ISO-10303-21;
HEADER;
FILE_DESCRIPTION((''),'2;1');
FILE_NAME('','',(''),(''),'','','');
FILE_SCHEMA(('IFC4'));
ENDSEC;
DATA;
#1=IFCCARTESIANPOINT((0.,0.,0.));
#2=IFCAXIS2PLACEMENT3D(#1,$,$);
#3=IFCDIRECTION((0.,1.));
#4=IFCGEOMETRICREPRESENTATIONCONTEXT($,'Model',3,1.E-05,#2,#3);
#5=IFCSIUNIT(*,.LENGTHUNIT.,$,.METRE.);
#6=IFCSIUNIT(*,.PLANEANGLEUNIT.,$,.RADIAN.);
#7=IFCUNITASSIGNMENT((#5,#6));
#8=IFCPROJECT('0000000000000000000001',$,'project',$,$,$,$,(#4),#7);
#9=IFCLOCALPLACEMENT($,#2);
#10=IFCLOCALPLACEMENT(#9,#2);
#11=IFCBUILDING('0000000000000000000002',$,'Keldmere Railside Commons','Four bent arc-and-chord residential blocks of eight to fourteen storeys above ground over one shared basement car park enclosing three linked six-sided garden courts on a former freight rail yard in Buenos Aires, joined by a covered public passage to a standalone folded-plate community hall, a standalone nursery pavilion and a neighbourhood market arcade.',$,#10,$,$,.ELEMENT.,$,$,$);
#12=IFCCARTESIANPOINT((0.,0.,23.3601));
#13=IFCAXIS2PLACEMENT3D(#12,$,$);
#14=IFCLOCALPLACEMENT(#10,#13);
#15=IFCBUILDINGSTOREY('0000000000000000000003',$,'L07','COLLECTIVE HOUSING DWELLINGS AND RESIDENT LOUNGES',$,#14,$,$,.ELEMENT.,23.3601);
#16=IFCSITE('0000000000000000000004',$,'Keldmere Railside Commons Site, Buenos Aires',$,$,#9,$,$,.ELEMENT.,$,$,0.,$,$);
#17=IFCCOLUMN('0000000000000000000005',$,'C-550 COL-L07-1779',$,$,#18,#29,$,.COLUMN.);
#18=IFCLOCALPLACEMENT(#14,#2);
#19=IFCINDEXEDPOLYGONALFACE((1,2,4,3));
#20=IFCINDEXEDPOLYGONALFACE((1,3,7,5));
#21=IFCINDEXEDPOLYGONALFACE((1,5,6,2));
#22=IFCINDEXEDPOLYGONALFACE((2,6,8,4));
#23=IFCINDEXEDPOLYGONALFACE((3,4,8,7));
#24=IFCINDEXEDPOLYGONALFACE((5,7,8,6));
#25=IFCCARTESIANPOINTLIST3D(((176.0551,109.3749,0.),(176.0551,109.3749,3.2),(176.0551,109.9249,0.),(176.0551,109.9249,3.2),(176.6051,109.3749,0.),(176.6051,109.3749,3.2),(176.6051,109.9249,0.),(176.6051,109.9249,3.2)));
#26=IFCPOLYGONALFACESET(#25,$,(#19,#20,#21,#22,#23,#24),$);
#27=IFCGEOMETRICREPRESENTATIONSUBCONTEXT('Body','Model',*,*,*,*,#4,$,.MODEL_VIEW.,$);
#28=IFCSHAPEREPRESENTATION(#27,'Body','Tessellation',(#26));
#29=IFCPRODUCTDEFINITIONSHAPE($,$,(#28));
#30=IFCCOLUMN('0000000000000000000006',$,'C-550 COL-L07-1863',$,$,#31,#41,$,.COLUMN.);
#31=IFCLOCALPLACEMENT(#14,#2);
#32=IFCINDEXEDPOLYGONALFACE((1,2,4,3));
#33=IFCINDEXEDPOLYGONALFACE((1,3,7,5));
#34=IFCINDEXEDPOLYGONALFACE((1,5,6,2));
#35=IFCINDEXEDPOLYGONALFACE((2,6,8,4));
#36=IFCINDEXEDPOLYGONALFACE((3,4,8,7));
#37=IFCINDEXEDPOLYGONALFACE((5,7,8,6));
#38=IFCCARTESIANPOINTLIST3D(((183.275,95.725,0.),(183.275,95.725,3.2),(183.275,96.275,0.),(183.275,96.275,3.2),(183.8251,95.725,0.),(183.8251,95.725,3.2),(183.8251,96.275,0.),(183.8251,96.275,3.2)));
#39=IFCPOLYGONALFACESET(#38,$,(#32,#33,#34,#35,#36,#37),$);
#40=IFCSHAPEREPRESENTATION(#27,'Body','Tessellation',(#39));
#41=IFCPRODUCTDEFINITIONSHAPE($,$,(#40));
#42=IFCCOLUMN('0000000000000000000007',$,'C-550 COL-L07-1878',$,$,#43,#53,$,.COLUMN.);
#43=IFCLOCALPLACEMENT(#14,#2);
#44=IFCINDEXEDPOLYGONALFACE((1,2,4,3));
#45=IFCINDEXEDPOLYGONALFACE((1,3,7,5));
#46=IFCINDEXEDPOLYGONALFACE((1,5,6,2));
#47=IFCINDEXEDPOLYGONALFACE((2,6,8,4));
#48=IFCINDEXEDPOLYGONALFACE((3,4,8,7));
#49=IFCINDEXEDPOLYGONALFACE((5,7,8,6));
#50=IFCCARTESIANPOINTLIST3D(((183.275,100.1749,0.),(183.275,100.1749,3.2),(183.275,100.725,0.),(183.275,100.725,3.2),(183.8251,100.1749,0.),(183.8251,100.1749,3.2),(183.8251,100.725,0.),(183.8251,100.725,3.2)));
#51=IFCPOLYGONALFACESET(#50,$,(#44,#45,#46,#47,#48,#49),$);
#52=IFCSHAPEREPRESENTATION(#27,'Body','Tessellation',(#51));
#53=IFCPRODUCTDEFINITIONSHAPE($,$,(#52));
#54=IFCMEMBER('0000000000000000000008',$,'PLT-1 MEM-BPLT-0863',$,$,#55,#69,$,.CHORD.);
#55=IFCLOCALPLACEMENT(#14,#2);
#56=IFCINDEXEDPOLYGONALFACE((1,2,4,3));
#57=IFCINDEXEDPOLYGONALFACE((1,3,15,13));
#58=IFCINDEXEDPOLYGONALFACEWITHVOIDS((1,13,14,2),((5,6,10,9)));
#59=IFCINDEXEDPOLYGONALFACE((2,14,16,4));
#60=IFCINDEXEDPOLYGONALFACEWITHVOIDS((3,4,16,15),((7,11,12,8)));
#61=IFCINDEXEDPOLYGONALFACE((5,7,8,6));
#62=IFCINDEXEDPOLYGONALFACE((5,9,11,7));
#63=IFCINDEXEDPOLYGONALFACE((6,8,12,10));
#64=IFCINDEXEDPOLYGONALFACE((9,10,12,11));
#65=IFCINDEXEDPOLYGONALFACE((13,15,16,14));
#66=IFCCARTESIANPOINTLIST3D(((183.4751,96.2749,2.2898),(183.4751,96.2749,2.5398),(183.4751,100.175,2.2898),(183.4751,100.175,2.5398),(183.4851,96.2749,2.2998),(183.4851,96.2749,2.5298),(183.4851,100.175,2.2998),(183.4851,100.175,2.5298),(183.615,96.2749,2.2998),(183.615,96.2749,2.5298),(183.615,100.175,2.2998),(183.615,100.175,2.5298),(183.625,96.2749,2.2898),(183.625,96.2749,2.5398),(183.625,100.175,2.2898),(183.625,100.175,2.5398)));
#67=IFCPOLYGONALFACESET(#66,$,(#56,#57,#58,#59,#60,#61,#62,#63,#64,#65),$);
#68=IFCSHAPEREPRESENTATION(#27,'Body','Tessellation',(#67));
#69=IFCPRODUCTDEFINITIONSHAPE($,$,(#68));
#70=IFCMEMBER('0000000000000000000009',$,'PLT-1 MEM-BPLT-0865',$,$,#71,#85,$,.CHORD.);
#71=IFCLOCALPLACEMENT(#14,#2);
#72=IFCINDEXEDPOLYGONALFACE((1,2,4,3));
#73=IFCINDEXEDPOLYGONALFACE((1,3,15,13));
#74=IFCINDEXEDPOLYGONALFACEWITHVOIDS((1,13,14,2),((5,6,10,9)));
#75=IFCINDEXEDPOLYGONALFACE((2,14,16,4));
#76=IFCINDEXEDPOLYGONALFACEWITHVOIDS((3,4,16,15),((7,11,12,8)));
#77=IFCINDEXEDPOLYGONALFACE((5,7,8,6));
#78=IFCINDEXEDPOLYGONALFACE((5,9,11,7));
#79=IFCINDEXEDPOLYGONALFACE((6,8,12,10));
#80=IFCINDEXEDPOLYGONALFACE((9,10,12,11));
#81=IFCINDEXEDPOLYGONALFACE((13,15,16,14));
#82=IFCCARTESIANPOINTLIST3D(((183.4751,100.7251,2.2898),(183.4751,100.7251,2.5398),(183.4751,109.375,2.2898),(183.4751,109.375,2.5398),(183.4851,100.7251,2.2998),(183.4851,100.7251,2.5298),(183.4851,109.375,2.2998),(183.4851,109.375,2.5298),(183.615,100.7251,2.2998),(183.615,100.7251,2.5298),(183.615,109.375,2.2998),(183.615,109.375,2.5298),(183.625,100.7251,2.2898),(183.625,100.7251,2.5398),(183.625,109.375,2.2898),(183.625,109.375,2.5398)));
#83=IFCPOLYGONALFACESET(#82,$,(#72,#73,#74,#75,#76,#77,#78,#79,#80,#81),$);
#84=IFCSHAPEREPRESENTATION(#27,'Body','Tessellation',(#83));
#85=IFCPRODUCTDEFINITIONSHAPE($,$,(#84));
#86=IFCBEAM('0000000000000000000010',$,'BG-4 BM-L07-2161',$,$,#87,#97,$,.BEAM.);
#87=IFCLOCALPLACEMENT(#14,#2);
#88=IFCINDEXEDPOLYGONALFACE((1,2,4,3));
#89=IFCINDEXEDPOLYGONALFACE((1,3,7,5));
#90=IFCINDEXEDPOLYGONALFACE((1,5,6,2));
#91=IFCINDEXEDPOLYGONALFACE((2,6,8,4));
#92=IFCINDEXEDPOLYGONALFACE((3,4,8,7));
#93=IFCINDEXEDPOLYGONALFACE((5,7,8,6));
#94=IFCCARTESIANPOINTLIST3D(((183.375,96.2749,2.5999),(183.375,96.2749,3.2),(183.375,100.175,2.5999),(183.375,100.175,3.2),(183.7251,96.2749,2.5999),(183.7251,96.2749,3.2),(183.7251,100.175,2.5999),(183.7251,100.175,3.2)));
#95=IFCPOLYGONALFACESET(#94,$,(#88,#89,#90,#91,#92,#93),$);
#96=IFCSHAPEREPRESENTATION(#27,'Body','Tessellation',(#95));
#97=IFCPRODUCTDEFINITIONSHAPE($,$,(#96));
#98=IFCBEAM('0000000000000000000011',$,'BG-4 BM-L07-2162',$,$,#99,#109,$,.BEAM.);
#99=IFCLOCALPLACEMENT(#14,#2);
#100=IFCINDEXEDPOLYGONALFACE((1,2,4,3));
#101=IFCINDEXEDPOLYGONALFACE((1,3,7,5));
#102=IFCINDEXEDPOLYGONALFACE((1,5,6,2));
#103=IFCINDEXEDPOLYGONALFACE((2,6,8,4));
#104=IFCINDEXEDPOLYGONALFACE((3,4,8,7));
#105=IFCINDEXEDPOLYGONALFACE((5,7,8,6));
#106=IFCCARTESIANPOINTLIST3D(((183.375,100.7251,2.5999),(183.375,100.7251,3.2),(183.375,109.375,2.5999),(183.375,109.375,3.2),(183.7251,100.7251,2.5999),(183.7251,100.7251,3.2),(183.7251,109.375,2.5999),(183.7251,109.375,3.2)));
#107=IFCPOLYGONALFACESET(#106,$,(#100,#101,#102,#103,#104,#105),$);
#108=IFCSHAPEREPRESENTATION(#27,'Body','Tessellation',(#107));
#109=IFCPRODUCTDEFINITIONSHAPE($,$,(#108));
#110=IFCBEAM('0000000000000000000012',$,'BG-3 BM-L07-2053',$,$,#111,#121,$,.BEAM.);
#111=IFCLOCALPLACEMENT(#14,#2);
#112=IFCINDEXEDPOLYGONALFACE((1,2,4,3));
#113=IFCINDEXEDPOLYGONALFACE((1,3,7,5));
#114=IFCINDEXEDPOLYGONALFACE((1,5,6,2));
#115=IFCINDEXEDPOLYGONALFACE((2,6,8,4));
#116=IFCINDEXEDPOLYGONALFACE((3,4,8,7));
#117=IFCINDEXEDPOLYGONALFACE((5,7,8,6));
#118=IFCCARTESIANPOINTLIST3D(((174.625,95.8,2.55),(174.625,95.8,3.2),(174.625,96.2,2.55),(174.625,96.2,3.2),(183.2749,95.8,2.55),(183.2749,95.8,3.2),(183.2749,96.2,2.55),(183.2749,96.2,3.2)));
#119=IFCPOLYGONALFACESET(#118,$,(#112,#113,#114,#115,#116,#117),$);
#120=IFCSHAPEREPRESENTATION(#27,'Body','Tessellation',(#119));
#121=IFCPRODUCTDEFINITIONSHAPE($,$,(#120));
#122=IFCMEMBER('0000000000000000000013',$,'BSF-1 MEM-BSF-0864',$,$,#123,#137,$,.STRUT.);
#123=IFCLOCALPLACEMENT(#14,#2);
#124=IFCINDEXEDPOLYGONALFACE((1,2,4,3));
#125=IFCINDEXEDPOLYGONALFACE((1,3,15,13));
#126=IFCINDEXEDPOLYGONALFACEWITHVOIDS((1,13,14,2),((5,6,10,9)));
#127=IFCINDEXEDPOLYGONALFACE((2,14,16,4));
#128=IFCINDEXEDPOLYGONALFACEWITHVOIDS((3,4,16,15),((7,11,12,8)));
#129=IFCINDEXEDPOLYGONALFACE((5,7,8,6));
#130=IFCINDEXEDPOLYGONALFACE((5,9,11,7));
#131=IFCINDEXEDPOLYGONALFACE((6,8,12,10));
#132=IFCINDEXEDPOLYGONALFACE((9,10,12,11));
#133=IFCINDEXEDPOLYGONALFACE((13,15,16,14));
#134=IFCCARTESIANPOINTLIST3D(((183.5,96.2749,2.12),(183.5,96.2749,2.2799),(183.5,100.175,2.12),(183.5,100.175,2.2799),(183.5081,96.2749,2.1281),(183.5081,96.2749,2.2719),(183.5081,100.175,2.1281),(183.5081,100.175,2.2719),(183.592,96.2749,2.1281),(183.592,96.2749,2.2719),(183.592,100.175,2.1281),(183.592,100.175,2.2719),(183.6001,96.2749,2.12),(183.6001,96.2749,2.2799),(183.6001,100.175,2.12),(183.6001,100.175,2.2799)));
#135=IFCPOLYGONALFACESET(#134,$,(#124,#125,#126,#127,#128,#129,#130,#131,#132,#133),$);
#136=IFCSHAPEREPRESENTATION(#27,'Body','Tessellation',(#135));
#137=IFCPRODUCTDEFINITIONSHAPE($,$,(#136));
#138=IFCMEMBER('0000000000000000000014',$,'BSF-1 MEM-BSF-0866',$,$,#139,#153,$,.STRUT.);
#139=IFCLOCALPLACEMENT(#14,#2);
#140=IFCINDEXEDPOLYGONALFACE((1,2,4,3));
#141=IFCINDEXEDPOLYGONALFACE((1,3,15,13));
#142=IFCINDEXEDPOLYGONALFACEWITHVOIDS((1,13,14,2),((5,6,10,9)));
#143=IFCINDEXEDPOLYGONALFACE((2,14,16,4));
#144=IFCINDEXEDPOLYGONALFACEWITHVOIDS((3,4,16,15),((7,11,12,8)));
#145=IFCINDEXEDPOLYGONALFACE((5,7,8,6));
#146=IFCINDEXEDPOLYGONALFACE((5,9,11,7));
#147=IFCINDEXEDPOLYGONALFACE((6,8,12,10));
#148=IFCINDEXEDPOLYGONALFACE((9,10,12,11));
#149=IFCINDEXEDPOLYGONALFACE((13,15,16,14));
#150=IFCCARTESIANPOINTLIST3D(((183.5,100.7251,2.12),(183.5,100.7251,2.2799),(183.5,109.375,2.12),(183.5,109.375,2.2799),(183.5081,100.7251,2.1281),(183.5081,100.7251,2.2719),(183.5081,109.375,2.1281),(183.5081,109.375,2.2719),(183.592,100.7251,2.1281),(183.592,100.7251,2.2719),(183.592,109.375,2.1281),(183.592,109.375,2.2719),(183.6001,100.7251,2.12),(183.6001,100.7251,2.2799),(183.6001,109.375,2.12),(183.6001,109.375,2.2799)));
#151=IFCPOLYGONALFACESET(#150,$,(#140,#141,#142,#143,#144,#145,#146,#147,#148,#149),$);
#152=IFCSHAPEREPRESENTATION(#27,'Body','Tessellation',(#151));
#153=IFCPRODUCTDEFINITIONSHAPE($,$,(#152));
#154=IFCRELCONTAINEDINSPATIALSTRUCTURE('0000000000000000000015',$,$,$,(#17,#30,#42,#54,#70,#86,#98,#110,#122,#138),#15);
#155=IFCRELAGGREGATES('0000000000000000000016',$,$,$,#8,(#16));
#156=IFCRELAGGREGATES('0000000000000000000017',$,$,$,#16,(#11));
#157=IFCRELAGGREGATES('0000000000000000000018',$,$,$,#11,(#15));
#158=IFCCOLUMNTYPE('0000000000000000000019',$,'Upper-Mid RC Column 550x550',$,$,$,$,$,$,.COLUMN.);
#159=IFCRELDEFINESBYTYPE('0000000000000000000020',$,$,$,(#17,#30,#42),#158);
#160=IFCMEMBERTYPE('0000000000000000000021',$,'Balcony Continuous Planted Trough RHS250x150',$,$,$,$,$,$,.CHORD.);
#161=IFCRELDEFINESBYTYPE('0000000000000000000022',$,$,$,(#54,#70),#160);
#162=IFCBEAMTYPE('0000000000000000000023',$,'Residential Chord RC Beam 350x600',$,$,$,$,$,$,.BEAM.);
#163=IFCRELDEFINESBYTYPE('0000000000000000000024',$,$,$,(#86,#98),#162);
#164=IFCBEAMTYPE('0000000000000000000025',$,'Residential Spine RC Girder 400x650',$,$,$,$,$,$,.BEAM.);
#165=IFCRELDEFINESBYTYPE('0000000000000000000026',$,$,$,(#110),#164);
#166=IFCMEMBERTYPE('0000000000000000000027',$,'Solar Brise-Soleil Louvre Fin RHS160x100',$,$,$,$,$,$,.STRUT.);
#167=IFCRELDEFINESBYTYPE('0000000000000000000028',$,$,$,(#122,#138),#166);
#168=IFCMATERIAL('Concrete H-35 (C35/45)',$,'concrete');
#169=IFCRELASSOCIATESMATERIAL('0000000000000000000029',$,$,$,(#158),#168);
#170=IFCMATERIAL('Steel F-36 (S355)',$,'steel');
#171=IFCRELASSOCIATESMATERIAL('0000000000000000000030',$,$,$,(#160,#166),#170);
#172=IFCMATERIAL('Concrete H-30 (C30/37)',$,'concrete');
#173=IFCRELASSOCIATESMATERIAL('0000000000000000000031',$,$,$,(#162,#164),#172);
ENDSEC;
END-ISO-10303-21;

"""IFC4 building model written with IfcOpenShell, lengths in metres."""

from ifc_helpers import new_model, si_unit, direction, frame, origin, origin_2d, place, context, subcontext, project, spatial, rectangle, hollow_rectangle, extrude, material, material_profile, profile_set, type_object, element, save


model = new_model("IFC4")

# Units and contexts
model_context = context("Model", 3, precision=1e-05, world=origin(), true_north=direction((0.0, 1.0)))
body_context = subcontext(model_context, "Body", "Model", "MODEL_VIEW")
ifc_project = project(units=[si_unit("LENGTHUNIT", "METRE"), si_unit("PLANEANGLEUNIT", "RADIAN")], contexts=[model_context])

# Site, building, storey
site_placement = place(None, origin())
site = spatial("IfcSite", under=ifc_project, at=site_placement, Name="Keldmere Railside Commons Site, Buenos Aires", CompositionType="ELEMENT", RefElevation=0.0)
building_placement = place(site_placement, origin())
building = spatial("IfcBuilding", under=site, at=building_placement, Name="Keldmere Railside Commons", Description="Four bent arc-and-chord residential blocks of eight to fourteen storeys above ground over one shared basement car park enclosing three linked six-sided garden courts on a former freight rail yard in Buenos Aires, joined by a covered public passage to a standalone folded-plate community hall, a standalone nursery pavilion and a neighbourhood market arcade.", CompositionType="ELEMENT")
storey_placement = place(building_placement, frame((0.0, 0.0, 23.3601)))
storey = spatial("IfcBuildingStorey", under=building, at=storey_placement, Name="L07", Description="COLLECTIVE HOUSING DWELLINGS AND RESIDENT LOUNGES", CompositionType="ELEMENT", Elevation=23.3601)

# Columns
ifc_material_1 = material(Name="Concrete H-35 (C35/45)", Category="concrete")
ifc_material_profile_1 = material_profile(ifc_material_1, rectangle(XDim=0.55, YDim=0.55, at=origin_2d()), Name="RC-550x550")
ifc_profile_set_1 = profile_set([ifc_material_profile_1], Name="Concrete H-35 (C35/45)")
column_type = type_object("IfcColumnType", Name="Upper-Mid RC Column 550x550", PredefinedType="COLUMN", material=ifc_profile_set_1)
for number, where, z_axis, x_axis, name in (
    (1, (176.3301, 109.6499, 0.0), (0.0, 0.0, 1.0), (1.0, 0.0, 0.0), "C-550 COL-L07-1779"),
    (2, (183.55, 96.0, 0.0), (0.0, 0.0, 1.0), (1.0, 0.0, 0.0), "C-550 COL-L07-1863"),
    (3, (183.55, 100.45, 0.0), (0.0, 0.0, 1.0), (1.0, 0.0, 0.0), "C-550 COL-L07-1878"),
):
    element("IfcColumn", number, at=place(storey_placement, frame(where, z_axis=z_axis, x_axis=x_axis)), inside=storey, type_object=column_type, Name=name, PredefinedType="COLUMN", context=body_context, shape_type="SweptSolid", body=[
        extrude(rectangle(XDim=0.55, YDim=0.55, at=origin_2d()), origin(), (0.0, 0.0, 1.0), 3.2),
    ])

# Members
ifc_material_2 = material(Name="Steel F-36 (S355)", Category="steel")
ifc_material_profile_2 = material_profile(ifc_material_2, hollow_rectangle(XDim=0.1499, YDim=0.25, WallThickness=0.01, at=origin_2d()), Name="RHS-250x150x10")
ifc_profile_set_2 = profile_set([ifc_material_profile_2], Name="Steel F-36 (S355)")
member_type_1 = type_object("IfcMemberType", Name="Balcony Continuous Planted Trough RHS250x150", PredefinedType="CHORD", material=ifc_profile_set_2)
member_1_placement = place(storey_placement, frame((183.55, 96.2749, 2.4148), z_axis=(0.0, 1.0, 0.0), x_axis=(-1.0, 0.0, 0.0)))
element("IfcMember", 4, at=member_1_placement, inside=storey, type_object=member_type_1, Name="PLT-1 MEM-BPLT-0863", PredefinedType="CHORD", context=body_context, shape_type="SweptSolid", body=[
    extrude(hollow_rectangle(XDim=0.1499, YDim=0.25, WallThickness=0.01, at=origin_2d()), origin(), (0.0, 0.0, 1.0), 3.9001),
])
member_2_placement = place(storey_placement, frame((183.55, 100.7251, 2.4148), z_axis=(0.0, 1.0, 0.0), x_axis=(-1.0, 0.0, 0.0)))
element("IfcMember", 5, at=member_2_placement, inside=storey, type_object=member_type_1, Name="PLT-1 MEM-BPLT-0865", PredefinedType="CHORD", context=body_context, shape_type="SweptSolid", body=[
    extrude(hollow_rectangle(XDim=0.1499, YDim=0.25, WallThickness=0.01, at=origin_2d()), origin(), (0.0, 0.0, 1.0), 8.6499),
])

# Beams
ifc_material_3 = material(Name="Concrete H-30 (C30/37)", Category="concrete")
ifc_material_profile_3 = material_profile(ifc_material_3, rectangle(XDim=0.3501, YDim=0.6001, at=origin_2d()), Name="RC-350x600")
ifc_profile_set_3 = profile_set([ifc_material_profile_3], Name="Concrete H-30 (C30/37)")
beam_type_1 = type_object("IfcBeamType", Name="Residential Chord RC Beam 350x600", PredefinedType="BEAM", material=ifc_profile_set_3)
beam_1_placement = place(storey_placement, frame((183.55, 96.2749, 2.8999), z_axis=(0.0, 1.0, 0.0), x_axis=(-1.0, 0.0, 0.0)))
element("IfcBeam", 6, at=beam_1_placement, inside=storey, type_object=beam_type_1, Name="BG-4 BM-L07-2161", PredefinedType="BEAM", context=body_context, shape_type="SweptSolid", body=[
    extrude(rectangle(XDim=0.3501, YDim=0.6001, at=origin_2d()), origin(), (0.0, 0.0, 1.0), 3.9001),
])
beam_2_placement = place(storey_placement, frame((183.55, 100.7251, 2.8999), z_axis=(0.0, 1.0, 0.0), x_axis=(-1.0, 0.0, 0.0)))
element("IfcBeam", 7, at=beam_2_placement, inside=storey, type_object=beam_type_1, Name="BG-4 BM-L07-2162", PredefinedType="BEAM", context=body_context, shape_type="SweptSolid", body=[
    extrude(rectangle(XDim=0.3501, YDim=0.6001, at=origin_2d()), origin(), (0.0, 0.0, 1.0), 8.6499),
])
ifc_material_profile_4 = material_profile(ifc_material_3, rectangle(XDim=0.3999, YDim=0.6499, at=origin_2d()), Name="RC-400x650")
ifc_profile_set_4 = profile_set([ifc_material_profile_4], Name="Concrete H-30 (C30/37)")
beam_type_2 = type_object("IfcBeamType", Name="Residential Spine RC Girder 400x650", PredefinedType="BEAM", material=ifc_profile_set_4)
beam_3_placement = place(storey_placement, frame((174.625, 96.0, 2.875), z_axis=(1.0, 0.0, 0.0), x_axis=(0.0, 1.0, 0.0)))
element("IfcBeam", 8, at=beam_3_placement, inside=storey, type_object=beam_type_2, Name="BG-3 BM-L07-2053", PredefinedType="BEAM", context=body_context, shape_type="SweptSolid", body=[
    extrude(rectangle(XDim=0.3999, YDim=0.6499, at=origin_2d()), origin(), (0.0, 0.0, 1.0), 8.6499),
])

# Members
ifc_material_profile_5 = material_profile(ifc_material_2, hollow_rectangle(XDim=0.1001, YDim=0.1599, WallThickness=0.0081, at=origin_2d()), Name="RHS-160x100x8")
ifc_profile_set_5 = profile_set([ifc_material_profile_5], Name="Steel F-36 (S355)")
member_type_2 = type_object("IfcMemberType", Name="Solar Brise-Soleil Louvre Fin RHS160x100", PredefinedType="STRUT", material=ifc_profile_set_5)
member_3_placement = place(storey_placement, frame((183.55, 96.2749, 2.2), z_axis=(0.0, 1.0, 0.0), x_axis=(-1.0, 0.0, 0.0)))
element("IfcMember", 9, at=member_3_placement, inside=storey, type_object=member_type_2, Name="BSF-1 MEM-BSF-0864", PredefinedType="STRUT", context=body_context, shape_type="SweptSolid", body=[
    extrude(hollow_rectangle(XDim=0.1001, YDim=0.1599, WallThickness=0.0081, at=origin_2d()), origin(), (0.0, 0.0, 1.0), 3.9001),
])
member_4_placement = place(storey_placement, frame((183.55, 100.7251, 2.2), z_axis=(0.0, 1.0, 0.0), x_axis=(-1.0, 0.0, 0.0)))
element("IfcMember", 10, at=member_4_placement, inside=storey, type_object=member_type_2, Name="BSF-1 MEM-BSF-0866", PredefinedType="STRUT", context=body_context, shape_type="SweptSolid", body=[
    extrude(hollow_rectangle(XDim=0.1001, YDim=0.1599, WallThickness=0.0081, at=origin_2d()), origin(), (0.0, 0.0, 1.0), 8.6499),
])

save(model, "model.ifc")
